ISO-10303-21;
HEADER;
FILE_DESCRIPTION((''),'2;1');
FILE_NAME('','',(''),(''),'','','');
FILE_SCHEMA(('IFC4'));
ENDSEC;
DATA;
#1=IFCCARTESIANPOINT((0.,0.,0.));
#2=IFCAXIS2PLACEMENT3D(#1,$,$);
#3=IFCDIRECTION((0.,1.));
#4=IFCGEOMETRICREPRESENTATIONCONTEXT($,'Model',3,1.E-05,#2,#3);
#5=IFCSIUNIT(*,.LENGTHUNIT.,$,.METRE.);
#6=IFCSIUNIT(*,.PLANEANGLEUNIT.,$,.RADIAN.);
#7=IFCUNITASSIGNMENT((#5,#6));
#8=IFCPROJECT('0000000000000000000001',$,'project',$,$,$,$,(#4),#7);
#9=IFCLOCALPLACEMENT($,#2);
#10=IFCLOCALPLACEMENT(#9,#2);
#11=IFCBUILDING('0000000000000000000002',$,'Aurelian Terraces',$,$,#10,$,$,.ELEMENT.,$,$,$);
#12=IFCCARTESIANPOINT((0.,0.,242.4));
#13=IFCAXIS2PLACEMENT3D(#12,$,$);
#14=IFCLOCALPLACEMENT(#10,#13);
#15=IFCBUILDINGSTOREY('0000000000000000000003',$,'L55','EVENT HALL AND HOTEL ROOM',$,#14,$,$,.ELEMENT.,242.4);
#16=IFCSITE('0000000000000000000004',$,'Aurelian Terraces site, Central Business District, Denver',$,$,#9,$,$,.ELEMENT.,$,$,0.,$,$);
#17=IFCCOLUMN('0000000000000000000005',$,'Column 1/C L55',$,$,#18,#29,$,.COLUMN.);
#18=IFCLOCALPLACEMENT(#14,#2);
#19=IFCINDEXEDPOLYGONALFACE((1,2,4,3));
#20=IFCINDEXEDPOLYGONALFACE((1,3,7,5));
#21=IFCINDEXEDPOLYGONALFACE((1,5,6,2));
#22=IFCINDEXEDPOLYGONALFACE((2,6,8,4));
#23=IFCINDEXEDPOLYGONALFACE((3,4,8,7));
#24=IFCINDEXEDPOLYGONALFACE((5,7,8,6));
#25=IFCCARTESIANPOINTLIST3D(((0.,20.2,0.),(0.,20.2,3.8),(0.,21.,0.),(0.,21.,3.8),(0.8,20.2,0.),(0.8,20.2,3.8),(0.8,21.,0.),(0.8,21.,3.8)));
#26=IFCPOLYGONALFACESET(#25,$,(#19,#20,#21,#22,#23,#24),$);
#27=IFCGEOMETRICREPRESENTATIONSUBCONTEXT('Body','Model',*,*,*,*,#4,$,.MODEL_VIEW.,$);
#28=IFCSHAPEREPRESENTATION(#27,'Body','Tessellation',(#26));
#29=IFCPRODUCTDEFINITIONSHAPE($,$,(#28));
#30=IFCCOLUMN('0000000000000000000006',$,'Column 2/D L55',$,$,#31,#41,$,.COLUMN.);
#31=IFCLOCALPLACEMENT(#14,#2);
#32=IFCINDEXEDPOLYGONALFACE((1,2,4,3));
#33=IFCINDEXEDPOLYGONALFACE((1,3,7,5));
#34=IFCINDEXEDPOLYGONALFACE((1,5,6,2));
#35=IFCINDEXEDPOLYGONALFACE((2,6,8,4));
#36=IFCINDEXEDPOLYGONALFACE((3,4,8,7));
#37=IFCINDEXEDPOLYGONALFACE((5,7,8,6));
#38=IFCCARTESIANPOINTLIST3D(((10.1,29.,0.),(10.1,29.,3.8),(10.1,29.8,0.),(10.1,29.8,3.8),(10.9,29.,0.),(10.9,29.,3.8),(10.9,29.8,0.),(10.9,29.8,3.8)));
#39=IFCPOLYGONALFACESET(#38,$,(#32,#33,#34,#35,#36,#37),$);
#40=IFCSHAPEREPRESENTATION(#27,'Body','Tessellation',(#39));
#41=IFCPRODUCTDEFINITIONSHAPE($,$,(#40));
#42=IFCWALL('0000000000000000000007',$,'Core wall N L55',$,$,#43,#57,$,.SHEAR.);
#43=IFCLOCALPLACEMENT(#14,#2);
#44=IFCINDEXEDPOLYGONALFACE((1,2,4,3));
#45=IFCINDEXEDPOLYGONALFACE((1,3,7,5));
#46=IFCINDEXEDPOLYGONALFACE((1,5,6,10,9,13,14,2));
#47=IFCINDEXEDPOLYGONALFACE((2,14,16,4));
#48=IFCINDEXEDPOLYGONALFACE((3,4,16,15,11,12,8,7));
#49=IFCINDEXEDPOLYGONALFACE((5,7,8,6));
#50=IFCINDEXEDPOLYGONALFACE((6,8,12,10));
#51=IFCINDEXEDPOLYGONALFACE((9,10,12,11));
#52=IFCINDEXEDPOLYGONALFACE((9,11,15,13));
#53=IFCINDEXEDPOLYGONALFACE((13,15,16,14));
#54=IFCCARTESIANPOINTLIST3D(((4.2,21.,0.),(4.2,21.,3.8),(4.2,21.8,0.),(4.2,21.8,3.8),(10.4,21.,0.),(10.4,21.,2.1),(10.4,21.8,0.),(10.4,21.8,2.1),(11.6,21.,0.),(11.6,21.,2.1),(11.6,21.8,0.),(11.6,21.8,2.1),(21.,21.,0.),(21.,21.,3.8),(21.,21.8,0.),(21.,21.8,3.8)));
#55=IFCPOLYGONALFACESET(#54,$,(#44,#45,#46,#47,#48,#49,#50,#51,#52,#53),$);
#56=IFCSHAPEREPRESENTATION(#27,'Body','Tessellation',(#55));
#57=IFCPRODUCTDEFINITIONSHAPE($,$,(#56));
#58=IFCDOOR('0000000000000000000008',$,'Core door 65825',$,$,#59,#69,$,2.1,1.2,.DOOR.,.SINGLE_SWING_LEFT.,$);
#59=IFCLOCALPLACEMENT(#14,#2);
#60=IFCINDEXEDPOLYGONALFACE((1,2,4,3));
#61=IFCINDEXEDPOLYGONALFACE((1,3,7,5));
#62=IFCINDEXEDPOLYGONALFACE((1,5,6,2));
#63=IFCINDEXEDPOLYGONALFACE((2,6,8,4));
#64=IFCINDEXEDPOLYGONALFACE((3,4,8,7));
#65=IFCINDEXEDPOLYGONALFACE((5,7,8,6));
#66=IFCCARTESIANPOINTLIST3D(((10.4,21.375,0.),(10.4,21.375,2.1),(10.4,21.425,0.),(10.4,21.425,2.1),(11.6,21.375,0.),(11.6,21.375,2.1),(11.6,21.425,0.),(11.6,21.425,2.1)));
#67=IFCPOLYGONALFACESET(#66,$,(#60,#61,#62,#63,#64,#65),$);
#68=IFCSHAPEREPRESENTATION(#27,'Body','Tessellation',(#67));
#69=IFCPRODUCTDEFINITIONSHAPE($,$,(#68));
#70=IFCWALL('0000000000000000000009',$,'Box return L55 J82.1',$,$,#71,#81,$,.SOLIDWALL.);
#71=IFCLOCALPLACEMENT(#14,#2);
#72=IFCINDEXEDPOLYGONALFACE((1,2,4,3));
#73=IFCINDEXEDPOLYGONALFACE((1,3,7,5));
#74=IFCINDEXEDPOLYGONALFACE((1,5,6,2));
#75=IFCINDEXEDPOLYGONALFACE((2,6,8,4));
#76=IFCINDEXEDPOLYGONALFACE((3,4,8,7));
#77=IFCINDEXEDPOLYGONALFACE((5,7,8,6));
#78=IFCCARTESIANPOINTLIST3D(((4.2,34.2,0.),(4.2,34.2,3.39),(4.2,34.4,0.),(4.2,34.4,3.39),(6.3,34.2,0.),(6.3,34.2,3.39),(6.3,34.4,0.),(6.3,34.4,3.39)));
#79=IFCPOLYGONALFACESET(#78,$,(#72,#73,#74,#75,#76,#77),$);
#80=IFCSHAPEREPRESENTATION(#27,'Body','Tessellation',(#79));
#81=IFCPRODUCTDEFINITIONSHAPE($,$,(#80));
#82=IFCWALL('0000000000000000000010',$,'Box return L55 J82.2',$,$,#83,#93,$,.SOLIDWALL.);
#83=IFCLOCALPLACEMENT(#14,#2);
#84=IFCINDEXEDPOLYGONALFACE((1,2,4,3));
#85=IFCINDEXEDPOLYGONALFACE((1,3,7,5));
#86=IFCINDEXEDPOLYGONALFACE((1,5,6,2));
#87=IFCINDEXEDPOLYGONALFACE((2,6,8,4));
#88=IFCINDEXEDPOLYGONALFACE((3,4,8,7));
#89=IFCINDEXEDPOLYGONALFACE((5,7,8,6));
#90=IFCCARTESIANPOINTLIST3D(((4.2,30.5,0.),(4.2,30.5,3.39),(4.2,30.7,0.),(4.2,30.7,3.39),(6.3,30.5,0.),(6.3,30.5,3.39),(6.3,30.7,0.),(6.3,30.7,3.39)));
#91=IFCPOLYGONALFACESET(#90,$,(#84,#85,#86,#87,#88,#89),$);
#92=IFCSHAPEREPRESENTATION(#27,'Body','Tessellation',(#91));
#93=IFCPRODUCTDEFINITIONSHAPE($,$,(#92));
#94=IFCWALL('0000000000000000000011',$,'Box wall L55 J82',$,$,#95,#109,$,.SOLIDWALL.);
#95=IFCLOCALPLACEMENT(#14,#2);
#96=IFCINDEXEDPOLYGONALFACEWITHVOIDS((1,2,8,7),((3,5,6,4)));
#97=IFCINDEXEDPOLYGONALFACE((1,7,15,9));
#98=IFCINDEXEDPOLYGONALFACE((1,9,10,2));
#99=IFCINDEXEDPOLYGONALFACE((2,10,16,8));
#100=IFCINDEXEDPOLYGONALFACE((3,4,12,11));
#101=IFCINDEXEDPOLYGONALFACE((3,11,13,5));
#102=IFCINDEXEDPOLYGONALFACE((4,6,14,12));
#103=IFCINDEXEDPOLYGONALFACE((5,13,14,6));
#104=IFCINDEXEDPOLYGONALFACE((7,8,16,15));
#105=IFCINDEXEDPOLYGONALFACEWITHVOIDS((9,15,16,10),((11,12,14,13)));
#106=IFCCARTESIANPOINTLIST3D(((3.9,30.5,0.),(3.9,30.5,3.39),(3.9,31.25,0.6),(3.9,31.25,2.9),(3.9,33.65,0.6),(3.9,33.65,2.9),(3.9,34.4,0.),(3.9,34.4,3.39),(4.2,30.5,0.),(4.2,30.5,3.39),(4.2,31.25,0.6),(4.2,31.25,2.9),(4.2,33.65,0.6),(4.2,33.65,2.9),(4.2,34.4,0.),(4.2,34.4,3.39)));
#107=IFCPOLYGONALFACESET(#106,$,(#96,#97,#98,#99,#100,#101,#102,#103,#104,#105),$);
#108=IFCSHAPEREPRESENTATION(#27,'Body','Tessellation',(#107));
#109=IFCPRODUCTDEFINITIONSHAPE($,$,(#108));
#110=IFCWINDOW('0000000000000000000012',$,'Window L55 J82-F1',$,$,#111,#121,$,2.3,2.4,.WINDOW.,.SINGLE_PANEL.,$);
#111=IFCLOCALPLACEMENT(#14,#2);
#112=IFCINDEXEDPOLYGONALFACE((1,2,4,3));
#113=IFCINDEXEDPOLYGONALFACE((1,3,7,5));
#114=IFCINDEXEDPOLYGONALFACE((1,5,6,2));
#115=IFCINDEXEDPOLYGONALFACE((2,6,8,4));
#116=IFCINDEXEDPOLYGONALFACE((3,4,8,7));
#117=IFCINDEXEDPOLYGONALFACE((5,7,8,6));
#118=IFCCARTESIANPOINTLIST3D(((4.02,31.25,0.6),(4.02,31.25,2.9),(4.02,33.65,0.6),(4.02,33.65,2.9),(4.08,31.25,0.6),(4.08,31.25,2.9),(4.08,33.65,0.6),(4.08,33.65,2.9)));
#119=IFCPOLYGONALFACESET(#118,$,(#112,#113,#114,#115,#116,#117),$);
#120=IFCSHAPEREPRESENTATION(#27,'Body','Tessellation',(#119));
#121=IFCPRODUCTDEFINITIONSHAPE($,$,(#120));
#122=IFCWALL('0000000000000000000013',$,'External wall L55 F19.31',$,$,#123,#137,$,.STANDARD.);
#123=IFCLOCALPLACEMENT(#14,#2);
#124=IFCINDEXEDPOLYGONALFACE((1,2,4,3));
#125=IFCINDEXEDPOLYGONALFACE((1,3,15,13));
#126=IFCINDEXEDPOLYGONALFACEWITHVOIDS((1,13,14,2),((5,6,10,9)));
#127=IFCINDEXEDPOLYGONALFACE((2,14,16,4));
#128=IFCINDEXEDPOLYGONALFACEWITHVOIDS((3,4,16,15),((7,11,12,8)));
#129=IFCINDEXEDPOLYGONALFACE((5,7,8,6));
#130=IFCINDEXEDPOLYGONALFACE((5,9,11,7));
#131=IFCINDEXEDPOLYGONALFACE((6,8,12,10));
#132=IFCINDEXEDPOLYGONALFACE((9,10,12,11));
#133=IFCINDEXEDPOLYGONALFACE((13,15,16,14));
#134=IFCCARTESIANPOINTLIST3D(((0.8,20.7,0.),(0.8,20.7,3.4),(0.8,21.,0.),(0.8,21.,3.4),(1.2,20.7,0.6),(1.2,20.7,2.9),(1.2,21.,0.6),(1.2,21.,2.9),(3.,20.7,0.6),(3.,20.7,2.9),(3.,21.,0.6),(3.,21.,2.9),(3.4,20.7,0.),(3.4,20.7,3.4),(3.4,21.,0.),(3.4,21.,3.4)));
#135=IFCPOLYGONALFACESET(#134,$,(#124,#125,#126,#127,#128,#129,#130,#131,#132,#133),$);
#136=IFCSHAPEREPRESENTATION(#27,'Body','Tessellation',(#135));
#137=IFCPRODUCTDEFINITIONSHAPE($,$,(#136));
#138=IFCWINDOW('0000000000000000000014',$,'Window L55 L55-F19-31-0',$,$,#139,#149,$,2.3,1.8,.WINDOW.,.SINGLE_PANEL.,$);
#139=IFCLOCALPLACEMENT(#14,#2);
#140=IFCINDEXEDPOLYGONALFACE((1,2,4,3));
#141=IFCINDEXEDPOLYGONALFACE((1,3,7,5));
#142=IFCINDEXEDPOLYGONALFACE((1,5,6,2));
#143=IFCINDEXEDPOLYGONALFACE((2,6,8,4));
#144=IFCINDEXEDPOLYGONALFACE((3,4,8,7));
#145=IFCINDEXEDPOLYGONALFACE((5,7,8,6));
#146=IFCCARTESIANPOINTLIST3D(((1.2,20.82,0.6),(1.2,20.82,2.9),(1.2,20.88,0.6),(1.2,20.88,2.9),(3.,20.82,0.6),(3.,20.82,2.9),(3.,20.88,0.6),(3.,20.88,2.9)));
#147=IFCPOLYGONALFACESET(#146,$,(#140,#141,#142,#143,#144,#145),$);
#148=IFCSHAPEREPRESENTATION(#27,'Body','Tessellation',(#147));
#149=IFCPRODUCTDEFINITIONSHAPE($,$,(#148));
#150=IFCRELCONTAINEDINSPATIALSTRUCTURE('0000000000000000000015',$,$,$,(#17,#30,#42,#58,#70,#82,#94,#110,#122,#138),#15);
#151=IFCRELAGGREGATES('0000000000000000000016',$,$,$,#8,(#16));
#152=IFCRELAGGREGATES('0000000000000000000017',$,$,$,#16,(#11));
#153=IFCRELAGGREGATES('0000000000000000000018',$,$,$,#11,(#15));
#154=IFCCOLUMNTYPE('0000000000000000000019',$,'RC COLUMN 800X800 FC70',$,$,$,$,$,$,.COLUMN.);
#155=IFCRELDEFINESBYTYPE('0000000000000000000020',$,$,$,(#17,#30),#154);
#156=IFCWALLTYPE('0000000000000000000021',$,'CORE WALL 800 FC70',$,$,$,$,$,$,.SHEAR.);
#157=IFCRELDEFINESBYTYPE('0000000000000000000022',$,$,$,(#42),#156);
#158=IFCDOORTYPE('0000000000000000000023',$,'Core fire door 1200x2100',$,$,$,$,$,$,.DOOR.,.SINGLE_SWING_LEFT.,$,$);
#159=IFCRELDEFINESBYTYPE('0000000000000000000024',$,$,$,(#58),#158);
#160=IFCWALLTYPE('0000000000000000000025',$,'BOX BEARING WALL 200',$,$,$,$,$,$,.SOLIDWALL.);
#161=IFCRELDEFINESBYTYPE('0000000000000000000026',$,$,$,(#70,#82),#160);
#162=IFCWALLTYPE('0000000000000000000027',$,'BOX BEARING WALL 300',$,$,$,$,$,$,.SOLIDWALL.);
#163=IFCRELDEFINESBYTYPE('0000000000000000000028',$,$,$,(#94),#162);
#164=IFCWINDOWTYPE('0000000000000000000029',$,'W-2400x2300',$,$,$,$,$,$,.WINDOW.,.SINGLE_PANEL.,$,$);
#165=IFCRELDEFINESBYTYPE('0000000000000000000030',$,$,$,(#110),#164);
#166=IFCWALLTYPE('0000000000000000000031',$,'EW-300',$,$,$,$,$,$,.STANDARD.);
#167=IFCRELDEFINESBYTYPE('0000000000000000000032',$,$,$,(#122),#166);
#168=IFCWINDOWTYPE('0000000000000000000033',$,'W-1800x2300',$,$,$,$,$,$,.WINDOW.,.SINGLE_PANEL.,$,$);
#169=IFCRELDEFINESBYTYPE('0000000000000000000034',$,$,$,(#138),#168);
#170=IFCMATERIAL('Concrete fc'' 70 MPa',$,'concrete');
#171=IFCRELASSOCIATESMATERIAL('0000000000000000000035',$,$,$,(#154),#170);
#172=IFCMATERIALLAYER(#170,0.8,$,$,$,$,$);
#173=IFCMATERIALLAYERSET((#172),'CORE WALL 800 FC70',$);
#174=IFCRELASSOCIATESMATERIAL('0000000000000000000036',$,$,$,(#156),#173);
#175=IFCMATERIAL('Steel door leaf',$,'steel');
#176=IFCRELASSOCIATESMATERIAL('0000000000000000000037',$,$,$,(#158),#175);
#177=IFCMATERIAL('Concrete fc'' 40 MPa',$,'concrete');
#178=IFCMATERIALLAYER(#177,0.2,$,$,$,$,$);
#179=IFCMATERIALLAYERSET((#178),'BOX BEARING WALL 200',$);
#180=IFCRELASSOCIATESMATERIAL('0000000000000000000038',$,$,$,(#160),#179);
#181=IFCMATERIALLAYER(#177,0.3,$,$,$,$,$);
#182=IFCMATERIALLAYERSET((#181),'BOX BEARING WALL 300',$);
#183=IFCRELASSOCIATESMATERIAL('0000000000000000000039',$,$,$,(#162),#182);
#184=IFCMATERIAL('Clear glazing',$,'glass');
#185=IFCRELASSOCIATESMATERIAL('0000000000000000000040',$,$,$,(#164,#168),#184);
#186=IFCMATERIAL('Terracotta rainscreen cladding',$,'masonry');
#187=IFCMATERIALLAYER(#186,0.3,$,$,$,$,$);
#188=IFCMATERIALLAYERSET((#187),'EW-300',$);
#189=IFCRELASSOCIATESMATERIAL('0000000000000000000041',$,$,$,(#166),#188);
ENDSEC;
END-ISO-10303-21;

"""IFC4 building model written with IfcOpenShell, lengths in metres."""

from ifc_helpers import new_model, si_unit, direction, frame, frame_2d, origin, origin_2d, place, context, subcontext, project, spatial, rectangle, extrude, source, transform, mapped, material, layer, layer_set, material_profile, profile_set, type_object, element, fill, save


model = new_model("IFC4")

# Units and contexts
model_context = context("Model", 3, precision=1e-05, world=origin(), true_north=direction((0.0, 1.0)))
body_context = subcontext(model_context, "Body", "Model", "MODEL_VIEW")
ifc_project = project(units=[si_unit("LENGTHUNIT", "METRE"), si_unit("PLANEANGLEUNIT", "RADIAN")], contexts=[model_context])

# Site, building, storey
site_placement = place(None, origin())
site = spatial("IfcSite", under=ifc_project, at=site_placement, Name="Aurelian Terraces site, Central Business District, Denver", CompositionType="ELEMENT", RefElevation=0.0)
building_placement = place(site_placement, origin())
building = spatial("IfcBuilding", under=site, at=building_placement, Name="Aurelian Terraces", CompositionType="ELEMENT")
storey_placement = place(building_placement, frame((0.0, 0.0, 242.4)))
storey = spatial("IfcBuildingStorey", under=building, at=storey_placement, Name="L55", Description="EVENT HALL AND HOTEL ROOM", CompositionType="ELEMENT", Elevation=242.4)

# Columns
ifc_material_1 = material(Name="Concrete fc' 70 MPa", Category="concrete")
ifc_material_profile = material_profile(ifc_material_1, rectangle(XDim=0.8, YDim=0.8, at=origin_2d()))
ifc_profile_set = profile_set([ifc_material_profile], Name="Concrete fc' 70 MPa")
column_type = type_object("IfcColumnType", Name="RC COLUMN 800X800 FC70", PredefinedType="COLUMN", material=ifc_profile_set)
shared_shape_1 = source(origin(), body_context, "Body", "SweptSolid", [
    extrude(rectangle(XDim=0.8, YDim=0.8, at=origin_2d()), origin(), (0.0, 0.0, 1.0), 3.8),
])
for number, where, z_axis, x_axis, name in (
    (1, (0.4, 20.6, 0.0), (0.0, 0.0, 1.0), (1.0, 0.0, 0.0), "Column 1/C L55"),
    (2, (10.5, 29.4, 0.0), (0.0, 0.0, 1.0), (1.0, 0.0, 0.0), "Column 2/D L55"),
):
    element("IfcColumn", number, at=place(storey_placement, frame(where, z_axis=z_axis, x_axis=x_axis)), inside=storey, type_object=column_type, Name=name, PredefinedType="COLUMN", context=body_context, shape_type="MappedRepresentation", body=[
        mapped(shared_shape_1, transform((0.0, 0.0, 0.0), scale=1.0)),
    ])

# Wall, opening, door
ifc_layer_1 = layer(ifc_material_1, 0.8)
ifc_layer_set_1 = layer_set([ifc_layer_1], Name="CORE WALL 800 FC70")
wall_type_1 = type_object("IfcWallType", Name="CORE WALL 800 FC70", PredefinedType="SHEAR", material=ifc_layer_set_1)
shared_shape_2 = source(origin(), body_context, "Body", "SweptSolid", [
    extrude(rectangle(XDim=16.8, YDim=0.8, at=frame_2d((8.4, 0.0))), origin(), (0.0, 0.0, 1.0), 3.8),
])
wall_1_placement = place(storey_placement, frame((4.2, 21.4, 0.0), z_axis=(0.0, 0.0, 1.0), x_axis=(1.0, 0.0, 0.0)))
wall_1 = element("IfcWall", 3, at=wall_1_placement, inside=storey, type_object=wall_type_1, Name="Core wall N L55", PredefinedType="SHEAR", context=body_context, shape_type="MappedRepresentation", body=[
    mapped(shared_shape_2, transform((0.0, 0.0, 0.0), scale=1.0)),
])
shared_shape_3 = source(origin(), body_context, "Body", "SweptSolid", [
    extrude(rectangle(XDim=1.2, YDim=2.1, at=frame_2d((0.6, 1.05))), frame((0.0, 0.41, 0.0), z_axis=(0.0, -1.0, 0.0), x_axis=(1.0, 0.0, 0.0)), (0.0, 0.0, 1.0), 0.82),
])
opening_1_placement = place(wall_1_placement, frame((6.2, 0.0, 0.0)))
opening_1 = element("IfcOpeningElement", 4, at=opening_1_placement, cuts=wall_1, PredefinedType="OPENING", context=body_context, shape_type="MappedRepresentation", body=[
    mapped(shared_shape_3, transform((0.0, 0.0, 0.0), scale=1.0)),
])
ifc_material_2 = material(Name="Steel door leaf", Category="steel")
door_type_1 = type_object("IfcDoorType", Name="Core fire door 1200x2100", OperationType="SINGLE_SWING_LEFT", PredefinedType="DOOR", material=ifc_material_2)
shared_shape_4 = source(origin(), body_context, "Body", "SweptSolid", [
    extrude(rectangle(XDim=1.2, YDim=2.1, at=frame_2d((0.6, 1.05))), frame((0.0, 0.025, 0.0), z_axis=(0.0, -1.0, 0.0), x_axis=(1.0, 0.0, 0.0)), (0.0, 0.0, 1.0), 0.05),
])
door_1_placement = place(opening_1_placement, origin())
door_1 = element("IfcDoor", 5, at=door_1_placement, inside=storey, type_object=door_type_1, Name="Core door 65825", OperationType="SINGLE_SWING_LEFT", OverallHeight=2.1, OverallWidth=1.2, PredefinedType="DOOR", context=body_context, shape_type="MappedRepresentation", body=[
    mapped(shared_shape_4, transform((0.0, 0.0, 0.0), scale=1.0)),
])
fill(opening_1, door_1)

# Walls
ifc_material_3 = material(Name="Concrete fc' 40 MPa", Category="concrete")
ifc_layer_2 = layer(ifc_material_3, 0.2)
ifc_layer_set_2 = layer_set([ifc_layer_2], Name="BOX BEARING WALL 200")
wall_type_2 = type_object("IfcWallType", Name="BOX BEARING WALL 200", PredefinedType="SOLIDWALL", material=ifc_layer_set_2)
shared_shape_5 = source(origin(), body_context, "Body", "SweptSolid", [
    extrude(rectangle(XDim=2.1, YDim=0.2, at=frame_2d((1.05, 0.0))), origin(), (0.0, 0.0, 1.0), 3.39),
])
for number, where, z_axis, x_axis, name in (
    (6, (6.3, 34.3, 0.0), (0.0, 0.0, 1.0), (-1.0, 0.0, 0.0), "Box return L55 J82.1"),
    (7, (6.3, 30.6, 0.0), (0.0, 0.0, 1.0), (-1.0, 0.0, 0.0), "Box return L55 J82.2"),
):
    element("IfcWall", number, at=place(storey_placement, frame(where, z_axis=z_axis, x_axis=x_axis)), inside=storey, type_object=wall_type_2, Name=name, PredefinedType="SOLIDWALL", context=body_context, shape_type="MappedRepresentation", body=[
        mapped(shared_shape_5, transform((0.0, 0.0, 0.0), scale=1.0)),
    ])

# Walls, openings, windows
ifc_layer_3 = layer(ifc_material_3, 0.3)
ifc_layer_set_3 = layer_set([ifc_layer_3], Name="BOX BEARING WALL 300")
wall_type_3 = type_object("IfcWallType", Name="BOX BEARING WALL 300", PredefinedType="SOLIDWALL", material=ifc_layer_set_3)
shared_shape_6 = source(origin(), body_context, "Body", "SweptSolid", [
    extrude(rectangle(XDim=3.9, YDim=0.3, at=frame_2d((1.95, 0.0))), origin(), (0.0, 0.0, 1.0), 3.39),
])
wall_2_placement = place(storey_placement, frame((4.05, 34.4, 0.0), z_axis=(0.0, 0.0, 1.0), x_axis=(0.0, -1.0, 0.0)))
wall_2 = element("IfcWall", 8, at=wall_2_placement, inside=storey, type_object=wall_type_3, Name="Box wall L55 J82", PredefinedType="SOLIDWALL", context=body_context, shape_type="MappedRepresentation", body=[
    mapped(shared_shape_6, transform((0.0, 0.0, 0.0), scale=1.0)),
])
shared_shape_7 = source(origin(), body_context, "Body", "SweptSolid", [
    extrude(rectangle(XDim=2.4, YDim=2.3, at=frame_2d((1.2, 1.15))), frame((0.0, 0.16, 0.0), z_axis=(0.0, -1.0, 0.0), x_axis=(1.0, 0.0, 0.0)), (0.0, 0.0, 1.0), 0.32),
])
opening_2_placement = place(wall_2_placement, frame((0.75, 0.0, 0.6)))
opening_2 = element("IfcOpeningElement", 9, at=opening_2_placement, cuts=wall_2, PredefinedType="OPENING", context=body_context, shape_type="MappedRepresentation", body=[
    mapped(shared_shape_7, transform((0.0, 0.0, 0.0), scale=1.0)),
])
ifc_material_4 = material(Name="Clear glazing", Category="glass")
window_type_1 = type_object("IfcWindowType", Name="W-2400x2300", PartitioningType="SINGLE_PANEL", PredefinedType="WINDOW", material=ifc_material_4)
shared_shape_8 = source(origin(), body_context, "Body", "SweptSolid", [
    extrude(rectangle(XDim=2.4, YDim=2.3, at=frame_2d((1.2, 1.15))), frame((0.0, 0.03, 0.0), z_axis=(0.0, -1.0, 0.0), x_axis=(1.0, 0.0, 0.0)), (0.0, 0.0, 1.0), 0.06),
])
window_1_placement = place(opening_2_placement, origin())
window_1 = element("IfcWindow", 10, at=window_1_placement, inside=storey, type_object=window_type_1, Name="Window L55 J82-F1", OverallHeight=2.3, OverallWidth=2.4, PartitioningType="SINGLE_PANEL", PredefinedType="WINDOW", context=body_context, shape_type="MappedRepresentation", body=[
    mapped(shared_shape_8, transform((0.0, 0.0, 0.0), scale=1.0)),
])
fill(opening_2, window_1)
ifc_material_5 = material(Name="Terracotta rainscreen cladding", Category="masonry")
ifc_layer_4 = layer(ifc_material_5, 0.3)
ifc_layer_set_4 = layer_set([ifc_layer_4], Name="EW-300")
wall_type_4 = type_object("IfcWallType", Name="EW-300", PredefinedType="STANDARD", material=ifc_layer_set_4)
shared_shape_9 = source(origin(), body_context, "Body", "SweptSolid", [
    extrude(rectangle(XDim=2.6, YDim=0.3, at=frame_2d((1.3, 0.0))), origin(), (0.0, 0.0, 1.0), 3.4),
])
wall_3_placement = place(storey_placement, frame((3.4, 20.85, 0.0), z_axis=(0.0, 0.0, 1.0), x_axis=(-1.0, 0.0, 0.0)))
wall_3 = element("IfcWall", 11, at=wall_3_placement, inside=storey, type_object=wall_type_4, Name="External wall L55 F19.31", PredefinedType="STANDARD", context=body_context, shape_type="MappedRepresentation", body=[
    mapped(shared_shape_9, transform((0.0, 0.0, 0.0), scale=1.0)),
])
shared_shape_10 = source(origin(), body_context, "Body", "SweptSolid", [
    extrude(rectangle(XDim=1.8, YDim=2.3, at=frame_2d((0.9, 1.15))), frame((0.0, 0.16, 0.0), z_axis=(0.0, -1.0, 0.0), x_axis=(1.0, 0.0, 0.0)), (0.0, 0.0, 1.0), 0.32),
])
opening_3_placement = place(wall_3_placement, frame((0.4, 0.0, 0.6)))
opening_3 = element("IfcOpeningElement", 12, at=opening_3_placement, cuts=wall_3, PredefinedType="OPENING", context=body_context, shape_type="MappedRepresentation", body=[
    mapped(shared_shape_10, transform((0.0, 0.0, 0.0), scale=1.0)),
])
window_type_2 = type_object("IfcWindowType", Name="W-1800x2300", PartitioningType="SINGLE_PANEL", PredefinedType="WINDOW", material=ifc_material_4)
shared_shape_11 = source(origin(), body_context, "Body", "SweptSolid", [
    extrude(rectangle(XDim=1.8, YDim=2.3, at=frame_2d((0.9, 1.15))), frame((0.0, 0.03, 0.0), z_axis=(0.0, -1.0, 0.0), x_axis=(1.0, 0.0, 0.0)), (0.0, 0.0, 1.0), 0.06),
])
window_2_placement = place(opening_3_placement, origin())
window_2 = element("IfcWindow", 13, at=window_2_placement, inside=storey, type_object=window_type_2, Name="Window L55 L55-F19-31-0", OverallHeight=2.3, OverallWidth=1.8, PartitioningType="SINGLE_PANEL", PredefinedType="WINDOW", context=body_context, shape_type="MappedRepresentation", body=[
    mapped(shared_shape_11, transform((0.0, 0.0, 0.0), scale=1.0)),
])
fill(opening_3, window_2)

save(model, "model.ifc")
